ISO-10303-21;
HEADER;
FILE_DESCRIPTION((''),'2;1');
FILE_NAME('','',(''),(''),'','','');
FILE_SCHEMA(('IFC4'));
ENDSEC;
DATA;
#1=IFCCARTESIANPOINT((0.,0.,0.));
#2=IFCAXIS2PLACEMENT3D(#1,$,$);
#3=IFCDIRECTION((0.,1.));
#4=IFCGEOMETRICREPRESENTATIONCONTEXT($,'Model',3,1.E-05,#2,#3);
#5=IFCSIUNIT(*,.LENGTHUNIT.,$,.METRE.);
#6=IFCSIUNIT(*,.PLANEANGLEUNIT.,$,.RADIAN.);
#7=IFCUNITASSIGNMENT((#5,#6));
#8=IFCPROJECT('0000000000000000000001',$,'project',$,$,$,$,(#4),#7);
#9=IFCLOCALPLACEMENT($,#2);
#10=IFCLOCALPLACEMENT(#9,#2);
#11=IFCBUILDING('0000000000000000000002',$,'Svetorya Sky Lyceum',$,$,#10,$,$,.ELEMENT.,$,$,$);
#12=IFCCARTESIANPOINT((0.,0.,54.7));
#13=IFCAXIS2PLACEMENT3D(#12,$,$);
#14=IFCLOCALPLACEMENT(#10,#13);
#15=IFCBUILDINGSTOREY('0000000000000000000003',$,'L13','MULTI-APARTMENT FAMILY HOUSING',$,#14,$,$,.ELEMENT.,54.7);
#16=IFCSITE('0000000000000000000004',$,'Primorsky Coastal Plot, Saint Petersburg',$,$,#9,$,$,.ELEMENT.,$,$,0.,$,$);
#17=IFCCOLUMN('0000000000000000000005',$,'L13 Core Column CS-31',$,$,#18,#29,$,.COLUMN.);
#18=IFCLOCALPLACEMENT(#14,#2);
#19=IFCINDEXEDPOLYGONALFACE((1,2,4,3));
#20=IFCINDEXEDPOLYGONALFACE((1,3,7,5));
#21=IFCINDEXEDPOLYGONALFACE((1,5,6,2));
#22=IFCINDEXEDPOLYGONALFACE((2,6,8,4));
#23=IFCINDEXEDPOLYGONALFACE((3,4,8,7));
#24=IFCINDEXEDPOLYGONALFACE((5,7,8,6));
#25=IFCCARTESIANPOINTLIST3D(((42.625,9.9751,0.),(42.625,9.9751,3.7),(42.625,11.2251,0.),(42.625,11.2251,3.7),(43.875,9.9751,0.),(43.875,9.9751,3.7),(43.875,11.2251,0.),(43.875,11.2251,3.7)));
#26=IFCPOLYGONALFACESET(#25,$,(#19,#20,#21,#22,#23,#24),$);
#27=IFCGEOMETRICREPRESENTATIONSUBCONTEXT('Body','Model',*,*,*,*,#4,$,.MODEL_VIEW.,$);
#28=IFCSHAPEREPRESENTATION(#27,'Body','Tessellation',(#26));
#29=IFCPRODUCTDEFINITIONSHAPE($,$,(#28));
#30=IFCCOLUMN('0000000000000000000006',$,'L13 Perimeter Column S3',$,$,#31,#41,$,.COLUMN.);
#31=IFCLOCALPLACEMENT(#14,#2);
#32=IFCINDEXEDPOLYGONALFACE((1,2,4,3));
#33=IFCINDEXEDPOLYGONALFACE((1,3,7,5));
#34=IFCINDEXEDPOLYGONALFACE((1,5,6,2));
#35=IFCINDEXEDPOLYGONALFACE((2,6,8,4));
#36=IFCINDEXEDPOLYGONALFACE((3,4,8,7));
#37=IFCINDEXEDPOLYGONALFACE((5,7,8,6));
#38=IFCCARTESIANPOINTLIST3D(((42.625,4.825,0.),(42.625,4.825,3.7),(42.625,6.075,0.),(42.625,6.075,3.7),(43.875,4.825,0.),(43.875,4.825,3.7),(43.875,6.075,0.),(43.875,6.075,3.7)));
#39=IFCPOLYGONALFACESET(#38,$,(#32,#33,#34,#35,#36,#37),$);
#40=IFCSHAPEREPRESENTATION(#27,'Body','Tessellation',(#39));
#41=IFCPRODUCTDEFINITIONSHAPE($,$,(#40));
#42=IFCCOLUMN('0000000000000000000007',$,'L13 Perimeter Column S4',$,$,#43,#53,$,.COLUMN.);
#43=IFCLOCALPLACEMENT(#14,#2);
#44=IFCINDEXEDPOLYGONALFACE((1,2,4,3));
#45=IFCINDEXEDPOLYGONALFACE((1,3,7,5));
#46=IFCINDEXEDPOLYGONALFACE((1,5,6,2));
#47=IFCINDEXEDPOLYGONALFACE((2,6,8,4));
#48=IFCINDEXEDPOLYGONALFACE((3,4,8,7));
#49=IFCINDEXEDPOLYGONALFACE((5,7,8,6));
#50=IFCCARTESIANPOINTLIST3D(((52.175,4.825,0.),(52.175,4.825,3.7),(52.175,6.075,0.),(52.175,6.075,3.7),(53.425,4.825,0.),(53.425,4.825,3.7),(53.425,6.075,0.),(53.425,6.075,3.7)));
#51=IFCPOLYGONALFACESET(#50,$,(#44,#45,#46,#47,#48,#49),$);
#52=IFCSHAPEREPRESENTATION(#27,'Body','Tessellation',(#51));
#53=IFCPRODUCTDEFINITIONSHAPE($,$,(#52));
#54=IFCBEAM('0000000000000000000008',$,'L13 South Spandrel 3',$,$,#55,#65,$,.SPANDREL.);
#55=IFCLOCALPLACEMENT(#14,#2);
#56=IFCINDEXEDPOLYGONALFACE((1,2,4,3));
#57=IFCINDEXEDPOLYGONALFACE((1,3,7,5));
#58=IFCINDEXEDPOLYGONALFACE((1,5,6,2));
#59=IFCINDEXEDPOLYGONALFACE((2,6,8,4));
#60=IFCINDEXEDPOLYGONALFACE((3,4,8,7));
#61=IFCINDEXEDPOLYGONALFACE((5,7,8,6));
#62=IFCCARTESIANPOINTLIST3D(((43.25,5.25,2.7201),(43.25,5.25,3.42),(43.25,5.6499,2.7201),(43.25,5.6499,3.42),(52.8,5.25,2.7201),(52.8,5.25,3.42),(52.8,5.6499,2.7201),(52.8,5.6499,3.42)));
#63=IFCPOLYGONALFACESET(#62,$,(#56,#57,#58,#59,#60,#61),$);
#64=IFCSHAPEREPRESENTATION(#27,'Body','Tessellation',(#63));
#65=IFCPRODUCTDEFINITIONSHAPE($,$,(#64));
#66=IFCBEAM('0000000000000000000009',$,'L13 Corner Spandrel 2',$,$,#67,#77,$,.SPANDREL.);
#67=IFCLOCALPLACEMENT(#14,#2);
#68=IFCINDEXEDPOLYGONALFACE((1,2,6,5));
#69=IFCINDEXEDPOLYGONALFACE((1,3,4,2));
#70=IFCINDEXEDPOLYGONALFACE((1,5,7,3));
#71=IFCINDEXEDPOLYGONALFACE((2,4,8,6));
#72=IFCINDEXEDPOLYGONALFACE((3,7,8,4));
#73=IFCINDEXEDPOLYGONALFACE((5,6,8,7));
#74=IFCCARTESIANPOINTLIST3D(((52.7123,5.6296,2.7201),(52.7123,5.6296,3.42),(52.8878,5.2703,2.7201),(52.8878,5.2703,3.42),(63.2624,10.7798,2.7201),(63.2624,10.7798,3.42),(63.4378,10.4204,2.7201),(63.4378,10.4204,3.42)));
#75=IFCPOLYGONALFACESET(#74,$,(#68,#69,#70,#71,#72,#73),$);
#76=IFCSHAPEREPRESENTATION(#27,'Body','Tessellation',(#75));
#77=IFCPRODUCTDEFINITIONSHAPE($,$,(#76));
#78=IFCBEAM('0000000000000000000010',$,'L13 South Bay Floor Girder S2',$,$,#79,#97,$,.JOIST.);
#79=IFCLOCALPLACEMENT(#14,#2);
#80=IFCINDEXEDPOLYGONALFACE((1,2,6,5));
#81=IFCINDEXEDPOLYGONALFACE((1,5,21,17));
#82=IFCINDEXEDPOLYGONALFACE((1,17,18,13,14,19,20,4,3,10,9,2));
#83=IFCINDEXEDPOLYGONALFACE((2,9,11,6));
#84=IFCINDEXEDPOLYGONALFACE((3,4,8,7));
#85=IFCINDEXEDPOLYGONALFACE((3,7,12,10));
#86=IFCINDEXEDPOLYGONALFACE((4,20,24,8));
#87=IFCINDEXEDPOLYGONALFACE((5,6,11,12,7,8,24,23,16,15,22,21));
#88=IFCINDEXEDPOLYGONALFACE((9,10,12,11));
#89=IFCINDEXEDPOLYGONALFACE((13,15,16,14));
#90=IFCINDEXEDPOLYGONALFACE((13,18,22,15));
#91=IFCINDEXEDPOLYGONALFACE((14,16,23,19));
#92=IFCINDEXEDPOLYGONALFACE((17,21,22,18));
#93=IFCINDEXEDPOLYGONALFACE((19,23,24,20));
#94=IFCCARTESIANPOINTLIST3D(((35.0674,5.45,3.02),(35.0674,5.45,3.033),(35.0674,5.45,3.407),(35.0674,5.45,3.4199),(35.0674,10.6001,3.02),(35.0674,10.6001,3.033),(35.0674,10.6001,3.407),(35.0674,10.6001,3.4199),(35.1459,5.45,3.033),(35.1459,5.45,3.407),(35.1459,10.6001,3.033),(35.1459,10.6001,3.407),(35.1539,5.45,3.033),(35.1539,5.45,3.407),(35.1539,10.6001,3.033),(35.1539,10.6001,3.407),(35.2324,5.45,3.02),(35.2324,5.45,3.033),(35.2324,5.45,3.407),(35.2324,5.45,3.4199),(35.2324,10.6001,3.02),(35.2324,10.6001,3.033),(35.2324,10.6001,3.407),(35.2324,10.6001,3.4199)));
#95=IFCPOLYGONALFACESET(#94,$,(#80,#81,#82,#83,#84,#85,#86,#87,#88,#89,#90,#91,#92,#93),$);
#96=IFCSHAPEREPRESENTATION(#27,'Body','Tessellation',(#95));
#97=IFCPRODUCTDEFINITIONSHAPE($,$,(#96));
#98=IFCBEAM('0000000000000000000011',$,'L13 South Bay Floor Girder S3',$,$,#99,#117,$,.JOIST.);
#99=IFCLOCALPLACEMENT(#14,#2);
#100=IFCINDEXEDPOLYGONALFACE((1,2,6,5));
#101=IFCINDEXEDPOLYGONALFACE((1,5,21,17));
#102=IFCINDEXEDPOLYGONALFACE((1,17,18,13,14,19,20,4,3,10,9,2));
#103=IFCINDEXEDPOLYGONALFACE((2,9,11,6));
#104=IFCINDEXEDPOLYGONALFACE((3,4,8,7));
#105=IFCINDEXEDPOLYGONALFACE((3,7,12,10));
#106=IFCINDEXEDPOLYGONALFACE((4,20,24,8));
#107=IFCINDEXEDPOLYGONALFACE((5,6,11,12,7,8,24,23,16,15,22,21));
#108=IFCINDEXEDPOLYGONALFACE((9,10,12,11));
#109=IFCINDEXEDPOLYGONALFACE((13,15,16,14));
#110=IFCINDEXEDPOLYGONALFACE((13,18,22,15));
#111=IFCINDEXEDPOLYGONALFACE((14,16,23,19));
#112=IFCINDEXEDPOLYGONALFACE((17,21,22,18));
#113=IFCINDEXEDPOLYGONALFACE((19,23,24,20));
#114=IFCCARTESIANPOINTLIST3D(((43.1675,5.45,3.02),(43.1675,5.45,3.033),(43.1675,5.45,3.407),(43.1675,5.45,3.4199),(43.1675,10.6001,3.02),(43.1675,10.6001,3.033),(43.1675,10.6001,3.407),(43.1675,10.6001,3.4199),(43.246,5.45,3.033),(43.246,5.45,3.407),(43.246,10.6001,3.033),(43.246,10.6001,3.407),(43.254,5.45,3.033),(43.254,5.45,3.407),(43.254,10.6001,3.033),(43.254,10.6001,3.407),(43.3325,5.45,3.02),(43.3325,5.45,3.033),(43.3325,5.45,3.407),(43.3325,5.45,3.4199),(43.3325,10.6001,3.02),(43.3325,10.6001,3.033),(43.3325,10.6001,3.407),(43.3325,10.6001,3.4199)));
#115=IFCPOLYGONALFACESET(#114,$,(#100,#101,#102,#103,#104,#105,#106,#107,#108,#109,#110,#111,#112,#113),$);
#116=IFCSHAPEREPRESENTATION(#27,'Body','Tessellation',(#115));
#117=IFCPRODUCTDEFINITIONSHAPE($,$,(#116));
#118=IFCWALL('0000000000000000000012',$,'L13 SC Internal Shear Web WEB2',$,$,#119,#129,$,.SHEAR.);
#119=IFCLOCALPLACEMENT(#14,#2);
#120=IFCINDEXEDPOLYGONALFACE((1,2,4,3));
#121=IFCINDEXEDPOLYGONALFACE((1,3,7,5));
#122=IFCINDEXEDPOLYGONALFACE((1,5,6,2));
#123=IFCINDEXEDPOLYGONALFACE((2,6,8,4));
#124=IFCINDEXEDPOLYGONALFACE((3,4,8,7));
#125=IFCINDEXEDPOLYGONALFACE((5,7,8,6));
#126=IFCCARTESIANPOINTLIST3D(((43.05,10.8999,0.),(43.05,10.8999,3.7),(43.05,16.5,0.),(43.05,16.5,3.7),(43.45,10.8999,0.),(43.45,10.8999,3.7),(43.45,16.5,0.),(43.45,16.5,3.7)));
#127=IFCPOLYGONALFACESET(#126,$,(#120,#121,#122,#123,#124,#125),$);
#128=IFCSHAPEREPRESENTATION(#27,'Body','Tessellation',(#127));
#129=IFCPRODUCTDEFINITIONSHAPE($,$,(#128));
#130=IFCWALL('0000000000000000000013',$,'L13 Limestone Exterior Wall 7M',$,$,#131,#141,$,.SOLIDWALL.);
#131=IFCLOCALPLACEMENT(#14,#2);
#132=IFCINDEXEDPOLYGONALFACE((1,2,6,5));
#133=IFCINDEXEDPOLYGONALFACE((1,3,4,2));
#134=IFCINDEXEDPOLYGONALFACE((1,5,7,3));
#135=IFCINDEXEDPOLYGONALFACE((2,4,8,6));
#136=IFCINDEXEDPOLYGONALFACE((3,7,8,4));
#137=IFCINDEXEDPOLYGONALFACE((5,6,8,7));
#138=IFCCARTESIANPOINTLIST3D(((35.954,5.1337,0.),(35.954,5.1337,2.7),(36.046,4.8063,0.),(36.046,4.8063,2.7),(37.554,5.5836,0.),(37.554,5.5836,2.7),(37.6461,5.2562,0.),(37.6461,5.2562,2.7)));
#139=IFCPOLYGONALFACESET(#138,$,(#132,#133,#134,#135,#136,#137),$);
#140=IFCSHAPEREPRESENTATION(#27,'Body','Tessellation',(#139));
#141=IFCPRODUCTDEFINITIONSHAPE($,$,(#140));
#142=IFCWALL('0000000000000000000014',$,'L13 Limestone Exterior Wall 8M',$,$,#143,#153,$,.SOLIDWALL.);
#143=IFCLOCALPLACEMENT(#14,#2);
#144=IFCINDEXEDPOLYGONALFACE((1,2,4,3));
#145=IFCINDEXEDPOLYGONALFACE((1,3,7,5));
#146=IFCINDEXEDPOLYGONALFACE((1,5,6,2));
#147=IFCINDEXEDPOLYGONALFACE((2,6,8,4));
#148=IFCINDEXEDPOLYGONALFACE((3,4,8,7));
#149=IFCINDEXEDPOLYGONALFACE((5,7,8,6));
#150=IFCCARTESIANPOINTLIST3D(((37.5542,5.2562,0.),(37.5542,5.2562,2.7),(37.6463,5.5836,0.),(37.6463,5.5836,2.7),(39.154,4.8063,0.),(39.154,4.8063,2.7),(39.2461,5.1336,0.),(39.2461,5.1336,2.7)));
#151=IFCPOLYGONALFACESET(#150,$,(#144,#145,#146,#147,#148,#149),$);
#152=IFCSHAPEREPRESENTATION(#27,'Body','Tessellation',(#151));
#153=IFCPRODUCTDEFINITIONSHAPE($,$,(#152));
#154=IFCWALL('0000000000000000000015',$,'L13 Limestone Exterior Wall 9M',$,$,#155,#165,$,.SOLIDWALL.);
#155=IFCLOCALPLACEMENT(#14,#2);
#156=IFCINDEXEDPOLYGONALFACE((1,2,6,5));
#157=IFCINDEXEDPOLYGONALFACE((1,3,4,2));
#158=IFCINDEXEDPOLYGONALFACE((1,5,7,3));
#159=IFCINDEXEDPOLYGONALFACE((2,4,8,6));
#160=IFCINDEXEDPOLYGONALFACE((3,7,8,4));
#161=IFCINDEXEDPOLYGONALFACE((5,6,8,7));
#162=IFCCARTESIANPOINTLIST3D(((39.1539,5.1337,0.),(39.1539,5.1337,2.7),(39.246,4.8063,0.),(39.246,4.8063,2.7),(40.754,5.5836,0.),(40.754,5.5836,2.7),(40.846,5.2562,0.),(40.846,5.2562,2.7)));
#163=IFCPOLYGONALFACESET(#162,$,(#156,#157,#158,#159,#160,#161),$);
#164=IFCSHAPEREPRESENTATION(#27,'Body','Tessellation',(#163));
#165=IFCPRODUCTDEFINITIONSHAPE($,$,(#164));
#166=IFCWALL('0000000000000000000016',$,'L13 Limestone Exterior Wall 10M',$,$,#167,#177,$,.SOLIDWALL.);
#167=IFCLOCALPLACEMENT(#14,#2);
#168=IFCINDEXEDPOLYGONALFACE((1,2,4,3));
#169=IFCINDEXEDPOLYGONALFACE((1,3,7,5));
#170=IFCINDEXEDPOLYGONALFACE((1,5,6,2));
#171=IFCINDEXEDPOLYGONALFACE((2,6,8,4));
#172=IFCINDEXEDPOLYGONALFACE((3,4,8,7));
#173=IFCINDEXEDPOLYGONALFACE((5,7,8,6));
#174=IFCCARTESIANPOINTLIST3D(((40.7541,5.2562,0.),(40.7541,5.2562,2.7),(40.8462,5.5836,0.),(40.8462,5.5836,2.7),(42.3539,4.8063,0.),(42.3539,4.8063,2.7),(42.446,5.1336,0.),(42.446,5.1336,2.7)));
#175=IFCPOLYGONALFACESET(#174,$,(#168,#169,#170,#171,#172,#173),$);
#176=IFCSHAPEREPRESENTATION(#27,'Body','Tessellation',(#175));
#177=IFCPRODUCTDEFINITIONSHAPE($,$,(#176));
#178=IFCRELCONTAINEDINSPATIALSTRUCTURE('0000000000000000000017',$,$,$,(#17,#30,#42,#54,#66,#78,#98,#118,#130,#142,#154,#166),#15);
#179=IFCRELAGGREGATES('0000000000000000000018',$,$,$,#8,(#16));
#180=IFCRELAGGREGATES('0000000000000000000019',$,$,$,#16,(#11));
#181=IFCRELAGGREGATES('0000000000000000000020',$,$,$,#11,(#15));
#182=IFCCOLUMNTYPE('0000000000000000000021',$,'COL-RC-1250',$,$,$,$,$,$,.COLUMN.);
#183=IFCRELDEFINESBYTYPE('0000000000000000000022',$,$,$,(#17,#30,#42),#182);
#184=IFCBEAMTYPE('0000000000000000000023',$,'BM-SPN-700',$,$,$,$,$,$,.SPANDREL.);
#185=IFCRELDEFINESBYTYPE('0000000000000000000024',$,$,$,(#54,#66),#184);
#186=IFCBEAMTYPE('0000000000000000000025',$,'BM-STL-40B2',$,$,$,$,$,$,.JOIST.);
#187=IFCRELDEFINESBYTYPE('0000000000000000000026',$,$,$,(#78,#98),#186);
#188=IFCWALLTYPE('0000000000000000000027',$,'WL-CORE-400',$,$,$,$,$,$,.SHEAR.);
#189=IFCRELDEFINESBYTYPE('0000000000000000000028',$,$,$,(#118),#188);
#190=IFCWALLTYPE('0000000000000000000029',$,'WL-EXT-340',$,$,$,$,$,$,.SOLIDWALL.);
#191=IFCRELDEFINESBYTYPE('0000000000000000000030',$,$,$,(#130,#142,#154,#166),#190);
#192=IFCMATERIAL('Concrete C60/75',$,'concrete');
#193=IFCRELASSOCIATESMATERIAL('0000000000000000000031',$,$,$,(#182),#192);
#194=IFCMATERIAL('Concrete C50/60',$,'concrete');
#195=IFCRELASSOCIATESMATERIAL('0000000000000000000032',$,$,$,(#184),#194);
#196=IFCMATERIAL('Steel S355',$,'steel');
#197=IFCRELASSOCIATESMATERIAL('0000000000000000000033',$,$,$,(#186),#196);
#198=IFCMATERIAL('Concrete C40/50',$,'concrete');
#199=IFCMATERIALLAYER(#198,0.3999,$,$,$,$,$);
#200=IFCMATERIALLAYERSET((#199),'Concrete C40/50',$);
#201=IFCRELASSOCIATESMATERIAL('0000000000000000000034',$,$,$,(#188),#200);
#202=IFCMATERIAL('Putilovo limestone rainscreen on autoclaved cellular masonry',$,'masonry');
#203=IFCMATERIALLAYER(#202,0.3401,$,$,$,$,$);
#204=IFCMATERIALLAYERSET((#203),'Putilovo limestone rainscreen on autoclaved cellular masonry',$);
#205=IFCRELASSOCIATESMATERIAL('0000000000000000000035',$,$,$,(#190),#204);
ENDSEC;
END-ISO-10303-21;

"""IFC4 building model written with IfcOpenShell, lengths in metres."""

from ifc_helpers import new_model, si_unit, direction, frame, frame_2d, origin, origin_2d, place, context, subcontext, project, spatial, rectangle, i_section, extrude, material, layer, layer_set, material_profile, profile_set, type_object, element, save


model = new_model("IFC4")

# Units and contexts
model_context = context("Model", 3, precision=1e-05, world=origin(), true_north=direction((0.0, 1.0)))
body_context = subcontext(model_context, "Body", "Model", "MODEL_VIEW")
ifc_project = project(units=[si_unit("LENGTHUNIT", "METRE"), si_unit("PLANEANGLEUNIT", "RADIAN")], contexts=[model_context])

# Site, building, storey
site_placement = place(None, origin())
site = spatial("IfcSite", under=ifc_project, at=site_placement, Name="Primorsky Coastal Plot, Saint Petersburg", CompositionType="ELEMENT", RefElevation=0.0)
building_placement = place(site_placement, origin())
building = spatial("IfcBuilding", under=site, at=building_placement, Name="Svetorya Sky Lyceum", CompositionType="ELEMENT")
storey_placement = place(building_placement, frame((0.0, 0.0, 54.7)))
storey = spatial("IfcBuildingStorey", under=building, at=storey_placement, Name="L13", Description="MULTI-APARTMENT FAMILY HOUSING", CompositionType="ELEMENT", Elevation=54.7)

# Columns
ifc_material_1 = material(Name="Concrete C60/75", Category="concrete")
ifc_material_profile_1 = material_profile(ifc_material_1, rectangle(XDim=1.25, YDim=1.25, at=origin_2d()), Name="RC COL 1250x1250")
ifc_profile_set_1 = profile_set([ifc_material_profile_1], Name="Concrete C60/75")
column_type = type_object("IfcColumnType", Name="COL-RC-1250", PredefinedType="COLUMN", material=ifc_profile_set_1)
for number, where, z_axis, x_axis, name in (
    (1, (43.25, 10.6001, 0.0), (0.0, 0.0, 1.0), (1.0, 0.0, 0.0), "L13 Core Column CS-31"),
    (2, (43.25, 5.45, 0.0), (0.0, 0.0, 1.0), (1.0, 0.0, 0.0), "L13 Perimeter Column S3"),
    (3, (52.8, 5.45, 0.0), (0.0, 0.0, 1.0), (1.0, 0.0, 0.0), "L13 Perimeter Column S4"),
):
    element("IfcColumn", number, at=place(storey_placement, frame(where, z_axis=z_axis, x_axis=x_axis)), inside=storey, type_object=column_type, Name=name, PredefinedType="COLUMN", context=body_context, shape_type="SweptSolid", body=[
        extrude(rectangle(XDim=1.25, YDim=1.25, at=origin_2d()), origin(), (0.0, 0.0, 1.0), 3.7),
    ])

# Beams
ifc_material_2 = material(Name="Concrete C50/60", Category="concrete")
ifc_material_profile_2 = material_profile(ifc_material_2, rectangle(XDim=0.3999, YDim=0.7, at=origin_2d()), Name="RC SPANDREL 400x700")
ifc_profile_set_2 = profile_set([ifc_material_profile_2], Name="Concrete C50/60")
beam_type_1 = type_object("IfcBeamType", Name="BM-SPN-700", PredefinedType="SPANDREL", material=ifc_profile_set_2)
beam_1_placement = place(storey_placement, frame((43.25, 5.45, 3.0701), z_axis=(1.0, 0.0, 0.0), x_axis=(0.0, 1.0, 0.0)))
element("IfcBeam", 4, at=beam_1_placement, inside=storey, type_object=beam_type_1, Name="L13 South Spandrel 3", PredefinedType="SPANDREL", context=body_context, shape_type="SweptSolid", body=[
    extrude(rectangle(XDim=0.3999, YDim=0.7, at=origin_2d()), origin(), (0.0, 0.0, 1.0), 9.55),
])
beam_2_placement = place(storey_placement, frame((52.8, 5.45, 3.0701), z_axis=(0.898641, 0.438684, 0.0), x_axis=(-0.438684, 0.898641, 0.0)))
element("IfcBeam", 5, at=beam_2_placement, inside=storey, type_object=beam_type_1, Name="L13 Corner Spandrel 2", PredefinedType="SPANDREL", context=body_context, shape_type="SweptSolid", body=[
    extrude(rectangle(XDim=0.3999, YDim=0.7, at=origin_2d()), origin(), (0.0, 0.0, 1.0), 11.74),
])
ifc_material_3 = material(Name="Steel S355", Category="steel")
ifc_material_profile_3 = material_profile(ifc_material_3, i_section(OverallWidth=0.165, OverallDepth=0.3999, WebThickness=0.0081, FlangeThickness=0.0129, at=origin_2d()), Name="GOST 40B2")
ifc_profile_set_3 = profile_set([ifc_material_profile_3], Name="Steel S355")
beam_type_2 = type_object("IfcBeamType", Name="BM-STL-40B2", PredefinedType="JOIST", material=ifc_profile_set_3)
for number, where, z_axis, x_axis, name in (
    (6, (35.1499, 5.45, 3.22), (0.0, 1.0, 0.0), (-1.0, 0.0, 0.0), "L13 South Bay Floor Girder S2"),
    (7, (43.25, 5.45, 3.22), (0.0, 1.0, 0.0), (-1.0, 0.0, 0.0), "L13 South Bay Floor Girder S3"),
):
    element("IfcBeam", number, at=place(storey_placement, frame(where, z_axis=z_axis, x_axis=x_axis)), inside=storey, type_object=beam_type_2, Name=name, PredefinedType="JOIST", context=body_context, shape_type="SweptSolid", body=[
        extrude(i_section(OverallWidth=0.165, OverallDepth=0.3999, WebThickness=0.0081, FlangeThickness=0.0129, at=origin_2d()), origin(), (0.0, 0.0, 1.0), 5.1501),
    ])

# Walls
ifc_material_4 = material(Name="Concrete C40/50", Category="concrete")
ifc_layer_1 = layer(ifc_material_4, 0.3999)
ifc_layer_set_1 = layer_set([ifc_layer_1], Name="Concrete C40/50")
wall_type_1 = type_object("IfcWallType", Name="WL-CORE-400", PredefinedType="SHEAR", material=ifc_layer_set_1)
wall_1_placement = place(storey_placement, frame((43.25, 10.8999, 0.0), z_axis=(0.0, 0.0, 1.0), x_axis=(0.0, 1.0, 0.0)))
element("IfcWall", 8, at=wall_1_placement, inside=storey, type_object=wall_type_1, Name="L13 SC Internal Shear Web WEB2", PredefinedType="SHEAR", context=body_context, shape_type="SweptSolid", body=[
    extrude(rectangle(XDim=5.6001, YDim=0.3999, at=frame_2d((2.8, 0.0))), origin(), (0.0, 0.0, 1.0), 3.7),
])
ifc_material_5 = material(Name="Putilovo limestone rainscreen on autoclaved cellular masonry", Category="masonry")
ifc_layer_2 = layer(ifc_material_5, 0.3401)
ifc_layer_set_2 = layer_set([ifc_layer_2], Name="Putilovo limestone rainscreen on autoclaved cellular masonry")
wall_type_2 = type_object("IfcWallType", Name="WL-EXT-340", PredefinedType="SOLIDWALL", material=ifc_layer_set_2)
wall_2_placement = place(storey_placement, frame((36.0, 4.97, 0.0), z_axis=(0.0, 0.0, 1.0), x_axis=(0.962663, 0.270703, 0.0)))
element("IfcWall", 9, at=wall_2_placement, inside=storey, type_object=wall_type_2, Name="L13 Limestone Exterior Wall 7M", PredefinedType="SOLIDWALL", context=body_context, shape_type="SweptSolid", body=[
    extrude(rectangle(XDim=1.6621, YDim=0.3401, at=frame_2d((0.8311, 0.0))), origin(), (0.0, 0.0, 1.0), 2.7),
])
wall_3_placement = place(storey_placement, frame((37.6001, 5.4199, 0.0), z_axis=(0.0, 0.0, 1.0), x_axis=(0.962652, -0.270741, 0.0)))
element("IfcWall", 10, at=wall_3_placement, inside=storey, type_object=wall_type_2, Name="L13 Limestone Exterior Wall 8M", PredefinedType="SOLIDWALL", context=body_context, shape_type="SweptSolid", body=[
    extrude(rectangle(XDim=1.6619, YDim=0.3401, at=frame_2d((0.8311, 0.0))), origin(), (0.0, 0.0, 1.0), 2.7),
])
wall_4_placement = place(storey_placement, frame((39.2, 4.97, 0.0), z_axis=(0.0, 0.0, 1.0), x_axis=(0.962663, 0.270703, 0.0)))
element("IfcWall", 11, at=wall_4_placement, inside=storey, type_object=wall_type_2, Name="L13 Limestone Exterior Wall 9M", PredefinedType="SOLIDWALL", context=body_context, shape_type="SweptSolid", body=[
    extrude(rectangle(XDim=1.6621, YDim=0.3401, at=frame_2d((0.8311, 0.0))), origin(), (0.0, 0.0, 1.0), 2.7),
])
wall_5_placement = place(storey_placement, frame((40.8, 5.4199, 0.0), z_axis=(0.0, 0.0, 1.0), x_axis=(0.962652, -0.270741, 0.0)))
element("IfcWall", 12, at=wall_5_placement, inside=storey, type_object=wall_type_2, Name="L13 Limestone Exterior Wall 10M", PredefinedType="SOLIDWALL", context=body_context, shape_type="SweptSolid", body=[
    extrude(rectangle(XDim=1.6619, YDim=0.3401, at=frame_2d((0.8311, 0.0))), origin(), (0.0, 0.0, 1.0), 2.7),
])

save(model, "model.ifc")
